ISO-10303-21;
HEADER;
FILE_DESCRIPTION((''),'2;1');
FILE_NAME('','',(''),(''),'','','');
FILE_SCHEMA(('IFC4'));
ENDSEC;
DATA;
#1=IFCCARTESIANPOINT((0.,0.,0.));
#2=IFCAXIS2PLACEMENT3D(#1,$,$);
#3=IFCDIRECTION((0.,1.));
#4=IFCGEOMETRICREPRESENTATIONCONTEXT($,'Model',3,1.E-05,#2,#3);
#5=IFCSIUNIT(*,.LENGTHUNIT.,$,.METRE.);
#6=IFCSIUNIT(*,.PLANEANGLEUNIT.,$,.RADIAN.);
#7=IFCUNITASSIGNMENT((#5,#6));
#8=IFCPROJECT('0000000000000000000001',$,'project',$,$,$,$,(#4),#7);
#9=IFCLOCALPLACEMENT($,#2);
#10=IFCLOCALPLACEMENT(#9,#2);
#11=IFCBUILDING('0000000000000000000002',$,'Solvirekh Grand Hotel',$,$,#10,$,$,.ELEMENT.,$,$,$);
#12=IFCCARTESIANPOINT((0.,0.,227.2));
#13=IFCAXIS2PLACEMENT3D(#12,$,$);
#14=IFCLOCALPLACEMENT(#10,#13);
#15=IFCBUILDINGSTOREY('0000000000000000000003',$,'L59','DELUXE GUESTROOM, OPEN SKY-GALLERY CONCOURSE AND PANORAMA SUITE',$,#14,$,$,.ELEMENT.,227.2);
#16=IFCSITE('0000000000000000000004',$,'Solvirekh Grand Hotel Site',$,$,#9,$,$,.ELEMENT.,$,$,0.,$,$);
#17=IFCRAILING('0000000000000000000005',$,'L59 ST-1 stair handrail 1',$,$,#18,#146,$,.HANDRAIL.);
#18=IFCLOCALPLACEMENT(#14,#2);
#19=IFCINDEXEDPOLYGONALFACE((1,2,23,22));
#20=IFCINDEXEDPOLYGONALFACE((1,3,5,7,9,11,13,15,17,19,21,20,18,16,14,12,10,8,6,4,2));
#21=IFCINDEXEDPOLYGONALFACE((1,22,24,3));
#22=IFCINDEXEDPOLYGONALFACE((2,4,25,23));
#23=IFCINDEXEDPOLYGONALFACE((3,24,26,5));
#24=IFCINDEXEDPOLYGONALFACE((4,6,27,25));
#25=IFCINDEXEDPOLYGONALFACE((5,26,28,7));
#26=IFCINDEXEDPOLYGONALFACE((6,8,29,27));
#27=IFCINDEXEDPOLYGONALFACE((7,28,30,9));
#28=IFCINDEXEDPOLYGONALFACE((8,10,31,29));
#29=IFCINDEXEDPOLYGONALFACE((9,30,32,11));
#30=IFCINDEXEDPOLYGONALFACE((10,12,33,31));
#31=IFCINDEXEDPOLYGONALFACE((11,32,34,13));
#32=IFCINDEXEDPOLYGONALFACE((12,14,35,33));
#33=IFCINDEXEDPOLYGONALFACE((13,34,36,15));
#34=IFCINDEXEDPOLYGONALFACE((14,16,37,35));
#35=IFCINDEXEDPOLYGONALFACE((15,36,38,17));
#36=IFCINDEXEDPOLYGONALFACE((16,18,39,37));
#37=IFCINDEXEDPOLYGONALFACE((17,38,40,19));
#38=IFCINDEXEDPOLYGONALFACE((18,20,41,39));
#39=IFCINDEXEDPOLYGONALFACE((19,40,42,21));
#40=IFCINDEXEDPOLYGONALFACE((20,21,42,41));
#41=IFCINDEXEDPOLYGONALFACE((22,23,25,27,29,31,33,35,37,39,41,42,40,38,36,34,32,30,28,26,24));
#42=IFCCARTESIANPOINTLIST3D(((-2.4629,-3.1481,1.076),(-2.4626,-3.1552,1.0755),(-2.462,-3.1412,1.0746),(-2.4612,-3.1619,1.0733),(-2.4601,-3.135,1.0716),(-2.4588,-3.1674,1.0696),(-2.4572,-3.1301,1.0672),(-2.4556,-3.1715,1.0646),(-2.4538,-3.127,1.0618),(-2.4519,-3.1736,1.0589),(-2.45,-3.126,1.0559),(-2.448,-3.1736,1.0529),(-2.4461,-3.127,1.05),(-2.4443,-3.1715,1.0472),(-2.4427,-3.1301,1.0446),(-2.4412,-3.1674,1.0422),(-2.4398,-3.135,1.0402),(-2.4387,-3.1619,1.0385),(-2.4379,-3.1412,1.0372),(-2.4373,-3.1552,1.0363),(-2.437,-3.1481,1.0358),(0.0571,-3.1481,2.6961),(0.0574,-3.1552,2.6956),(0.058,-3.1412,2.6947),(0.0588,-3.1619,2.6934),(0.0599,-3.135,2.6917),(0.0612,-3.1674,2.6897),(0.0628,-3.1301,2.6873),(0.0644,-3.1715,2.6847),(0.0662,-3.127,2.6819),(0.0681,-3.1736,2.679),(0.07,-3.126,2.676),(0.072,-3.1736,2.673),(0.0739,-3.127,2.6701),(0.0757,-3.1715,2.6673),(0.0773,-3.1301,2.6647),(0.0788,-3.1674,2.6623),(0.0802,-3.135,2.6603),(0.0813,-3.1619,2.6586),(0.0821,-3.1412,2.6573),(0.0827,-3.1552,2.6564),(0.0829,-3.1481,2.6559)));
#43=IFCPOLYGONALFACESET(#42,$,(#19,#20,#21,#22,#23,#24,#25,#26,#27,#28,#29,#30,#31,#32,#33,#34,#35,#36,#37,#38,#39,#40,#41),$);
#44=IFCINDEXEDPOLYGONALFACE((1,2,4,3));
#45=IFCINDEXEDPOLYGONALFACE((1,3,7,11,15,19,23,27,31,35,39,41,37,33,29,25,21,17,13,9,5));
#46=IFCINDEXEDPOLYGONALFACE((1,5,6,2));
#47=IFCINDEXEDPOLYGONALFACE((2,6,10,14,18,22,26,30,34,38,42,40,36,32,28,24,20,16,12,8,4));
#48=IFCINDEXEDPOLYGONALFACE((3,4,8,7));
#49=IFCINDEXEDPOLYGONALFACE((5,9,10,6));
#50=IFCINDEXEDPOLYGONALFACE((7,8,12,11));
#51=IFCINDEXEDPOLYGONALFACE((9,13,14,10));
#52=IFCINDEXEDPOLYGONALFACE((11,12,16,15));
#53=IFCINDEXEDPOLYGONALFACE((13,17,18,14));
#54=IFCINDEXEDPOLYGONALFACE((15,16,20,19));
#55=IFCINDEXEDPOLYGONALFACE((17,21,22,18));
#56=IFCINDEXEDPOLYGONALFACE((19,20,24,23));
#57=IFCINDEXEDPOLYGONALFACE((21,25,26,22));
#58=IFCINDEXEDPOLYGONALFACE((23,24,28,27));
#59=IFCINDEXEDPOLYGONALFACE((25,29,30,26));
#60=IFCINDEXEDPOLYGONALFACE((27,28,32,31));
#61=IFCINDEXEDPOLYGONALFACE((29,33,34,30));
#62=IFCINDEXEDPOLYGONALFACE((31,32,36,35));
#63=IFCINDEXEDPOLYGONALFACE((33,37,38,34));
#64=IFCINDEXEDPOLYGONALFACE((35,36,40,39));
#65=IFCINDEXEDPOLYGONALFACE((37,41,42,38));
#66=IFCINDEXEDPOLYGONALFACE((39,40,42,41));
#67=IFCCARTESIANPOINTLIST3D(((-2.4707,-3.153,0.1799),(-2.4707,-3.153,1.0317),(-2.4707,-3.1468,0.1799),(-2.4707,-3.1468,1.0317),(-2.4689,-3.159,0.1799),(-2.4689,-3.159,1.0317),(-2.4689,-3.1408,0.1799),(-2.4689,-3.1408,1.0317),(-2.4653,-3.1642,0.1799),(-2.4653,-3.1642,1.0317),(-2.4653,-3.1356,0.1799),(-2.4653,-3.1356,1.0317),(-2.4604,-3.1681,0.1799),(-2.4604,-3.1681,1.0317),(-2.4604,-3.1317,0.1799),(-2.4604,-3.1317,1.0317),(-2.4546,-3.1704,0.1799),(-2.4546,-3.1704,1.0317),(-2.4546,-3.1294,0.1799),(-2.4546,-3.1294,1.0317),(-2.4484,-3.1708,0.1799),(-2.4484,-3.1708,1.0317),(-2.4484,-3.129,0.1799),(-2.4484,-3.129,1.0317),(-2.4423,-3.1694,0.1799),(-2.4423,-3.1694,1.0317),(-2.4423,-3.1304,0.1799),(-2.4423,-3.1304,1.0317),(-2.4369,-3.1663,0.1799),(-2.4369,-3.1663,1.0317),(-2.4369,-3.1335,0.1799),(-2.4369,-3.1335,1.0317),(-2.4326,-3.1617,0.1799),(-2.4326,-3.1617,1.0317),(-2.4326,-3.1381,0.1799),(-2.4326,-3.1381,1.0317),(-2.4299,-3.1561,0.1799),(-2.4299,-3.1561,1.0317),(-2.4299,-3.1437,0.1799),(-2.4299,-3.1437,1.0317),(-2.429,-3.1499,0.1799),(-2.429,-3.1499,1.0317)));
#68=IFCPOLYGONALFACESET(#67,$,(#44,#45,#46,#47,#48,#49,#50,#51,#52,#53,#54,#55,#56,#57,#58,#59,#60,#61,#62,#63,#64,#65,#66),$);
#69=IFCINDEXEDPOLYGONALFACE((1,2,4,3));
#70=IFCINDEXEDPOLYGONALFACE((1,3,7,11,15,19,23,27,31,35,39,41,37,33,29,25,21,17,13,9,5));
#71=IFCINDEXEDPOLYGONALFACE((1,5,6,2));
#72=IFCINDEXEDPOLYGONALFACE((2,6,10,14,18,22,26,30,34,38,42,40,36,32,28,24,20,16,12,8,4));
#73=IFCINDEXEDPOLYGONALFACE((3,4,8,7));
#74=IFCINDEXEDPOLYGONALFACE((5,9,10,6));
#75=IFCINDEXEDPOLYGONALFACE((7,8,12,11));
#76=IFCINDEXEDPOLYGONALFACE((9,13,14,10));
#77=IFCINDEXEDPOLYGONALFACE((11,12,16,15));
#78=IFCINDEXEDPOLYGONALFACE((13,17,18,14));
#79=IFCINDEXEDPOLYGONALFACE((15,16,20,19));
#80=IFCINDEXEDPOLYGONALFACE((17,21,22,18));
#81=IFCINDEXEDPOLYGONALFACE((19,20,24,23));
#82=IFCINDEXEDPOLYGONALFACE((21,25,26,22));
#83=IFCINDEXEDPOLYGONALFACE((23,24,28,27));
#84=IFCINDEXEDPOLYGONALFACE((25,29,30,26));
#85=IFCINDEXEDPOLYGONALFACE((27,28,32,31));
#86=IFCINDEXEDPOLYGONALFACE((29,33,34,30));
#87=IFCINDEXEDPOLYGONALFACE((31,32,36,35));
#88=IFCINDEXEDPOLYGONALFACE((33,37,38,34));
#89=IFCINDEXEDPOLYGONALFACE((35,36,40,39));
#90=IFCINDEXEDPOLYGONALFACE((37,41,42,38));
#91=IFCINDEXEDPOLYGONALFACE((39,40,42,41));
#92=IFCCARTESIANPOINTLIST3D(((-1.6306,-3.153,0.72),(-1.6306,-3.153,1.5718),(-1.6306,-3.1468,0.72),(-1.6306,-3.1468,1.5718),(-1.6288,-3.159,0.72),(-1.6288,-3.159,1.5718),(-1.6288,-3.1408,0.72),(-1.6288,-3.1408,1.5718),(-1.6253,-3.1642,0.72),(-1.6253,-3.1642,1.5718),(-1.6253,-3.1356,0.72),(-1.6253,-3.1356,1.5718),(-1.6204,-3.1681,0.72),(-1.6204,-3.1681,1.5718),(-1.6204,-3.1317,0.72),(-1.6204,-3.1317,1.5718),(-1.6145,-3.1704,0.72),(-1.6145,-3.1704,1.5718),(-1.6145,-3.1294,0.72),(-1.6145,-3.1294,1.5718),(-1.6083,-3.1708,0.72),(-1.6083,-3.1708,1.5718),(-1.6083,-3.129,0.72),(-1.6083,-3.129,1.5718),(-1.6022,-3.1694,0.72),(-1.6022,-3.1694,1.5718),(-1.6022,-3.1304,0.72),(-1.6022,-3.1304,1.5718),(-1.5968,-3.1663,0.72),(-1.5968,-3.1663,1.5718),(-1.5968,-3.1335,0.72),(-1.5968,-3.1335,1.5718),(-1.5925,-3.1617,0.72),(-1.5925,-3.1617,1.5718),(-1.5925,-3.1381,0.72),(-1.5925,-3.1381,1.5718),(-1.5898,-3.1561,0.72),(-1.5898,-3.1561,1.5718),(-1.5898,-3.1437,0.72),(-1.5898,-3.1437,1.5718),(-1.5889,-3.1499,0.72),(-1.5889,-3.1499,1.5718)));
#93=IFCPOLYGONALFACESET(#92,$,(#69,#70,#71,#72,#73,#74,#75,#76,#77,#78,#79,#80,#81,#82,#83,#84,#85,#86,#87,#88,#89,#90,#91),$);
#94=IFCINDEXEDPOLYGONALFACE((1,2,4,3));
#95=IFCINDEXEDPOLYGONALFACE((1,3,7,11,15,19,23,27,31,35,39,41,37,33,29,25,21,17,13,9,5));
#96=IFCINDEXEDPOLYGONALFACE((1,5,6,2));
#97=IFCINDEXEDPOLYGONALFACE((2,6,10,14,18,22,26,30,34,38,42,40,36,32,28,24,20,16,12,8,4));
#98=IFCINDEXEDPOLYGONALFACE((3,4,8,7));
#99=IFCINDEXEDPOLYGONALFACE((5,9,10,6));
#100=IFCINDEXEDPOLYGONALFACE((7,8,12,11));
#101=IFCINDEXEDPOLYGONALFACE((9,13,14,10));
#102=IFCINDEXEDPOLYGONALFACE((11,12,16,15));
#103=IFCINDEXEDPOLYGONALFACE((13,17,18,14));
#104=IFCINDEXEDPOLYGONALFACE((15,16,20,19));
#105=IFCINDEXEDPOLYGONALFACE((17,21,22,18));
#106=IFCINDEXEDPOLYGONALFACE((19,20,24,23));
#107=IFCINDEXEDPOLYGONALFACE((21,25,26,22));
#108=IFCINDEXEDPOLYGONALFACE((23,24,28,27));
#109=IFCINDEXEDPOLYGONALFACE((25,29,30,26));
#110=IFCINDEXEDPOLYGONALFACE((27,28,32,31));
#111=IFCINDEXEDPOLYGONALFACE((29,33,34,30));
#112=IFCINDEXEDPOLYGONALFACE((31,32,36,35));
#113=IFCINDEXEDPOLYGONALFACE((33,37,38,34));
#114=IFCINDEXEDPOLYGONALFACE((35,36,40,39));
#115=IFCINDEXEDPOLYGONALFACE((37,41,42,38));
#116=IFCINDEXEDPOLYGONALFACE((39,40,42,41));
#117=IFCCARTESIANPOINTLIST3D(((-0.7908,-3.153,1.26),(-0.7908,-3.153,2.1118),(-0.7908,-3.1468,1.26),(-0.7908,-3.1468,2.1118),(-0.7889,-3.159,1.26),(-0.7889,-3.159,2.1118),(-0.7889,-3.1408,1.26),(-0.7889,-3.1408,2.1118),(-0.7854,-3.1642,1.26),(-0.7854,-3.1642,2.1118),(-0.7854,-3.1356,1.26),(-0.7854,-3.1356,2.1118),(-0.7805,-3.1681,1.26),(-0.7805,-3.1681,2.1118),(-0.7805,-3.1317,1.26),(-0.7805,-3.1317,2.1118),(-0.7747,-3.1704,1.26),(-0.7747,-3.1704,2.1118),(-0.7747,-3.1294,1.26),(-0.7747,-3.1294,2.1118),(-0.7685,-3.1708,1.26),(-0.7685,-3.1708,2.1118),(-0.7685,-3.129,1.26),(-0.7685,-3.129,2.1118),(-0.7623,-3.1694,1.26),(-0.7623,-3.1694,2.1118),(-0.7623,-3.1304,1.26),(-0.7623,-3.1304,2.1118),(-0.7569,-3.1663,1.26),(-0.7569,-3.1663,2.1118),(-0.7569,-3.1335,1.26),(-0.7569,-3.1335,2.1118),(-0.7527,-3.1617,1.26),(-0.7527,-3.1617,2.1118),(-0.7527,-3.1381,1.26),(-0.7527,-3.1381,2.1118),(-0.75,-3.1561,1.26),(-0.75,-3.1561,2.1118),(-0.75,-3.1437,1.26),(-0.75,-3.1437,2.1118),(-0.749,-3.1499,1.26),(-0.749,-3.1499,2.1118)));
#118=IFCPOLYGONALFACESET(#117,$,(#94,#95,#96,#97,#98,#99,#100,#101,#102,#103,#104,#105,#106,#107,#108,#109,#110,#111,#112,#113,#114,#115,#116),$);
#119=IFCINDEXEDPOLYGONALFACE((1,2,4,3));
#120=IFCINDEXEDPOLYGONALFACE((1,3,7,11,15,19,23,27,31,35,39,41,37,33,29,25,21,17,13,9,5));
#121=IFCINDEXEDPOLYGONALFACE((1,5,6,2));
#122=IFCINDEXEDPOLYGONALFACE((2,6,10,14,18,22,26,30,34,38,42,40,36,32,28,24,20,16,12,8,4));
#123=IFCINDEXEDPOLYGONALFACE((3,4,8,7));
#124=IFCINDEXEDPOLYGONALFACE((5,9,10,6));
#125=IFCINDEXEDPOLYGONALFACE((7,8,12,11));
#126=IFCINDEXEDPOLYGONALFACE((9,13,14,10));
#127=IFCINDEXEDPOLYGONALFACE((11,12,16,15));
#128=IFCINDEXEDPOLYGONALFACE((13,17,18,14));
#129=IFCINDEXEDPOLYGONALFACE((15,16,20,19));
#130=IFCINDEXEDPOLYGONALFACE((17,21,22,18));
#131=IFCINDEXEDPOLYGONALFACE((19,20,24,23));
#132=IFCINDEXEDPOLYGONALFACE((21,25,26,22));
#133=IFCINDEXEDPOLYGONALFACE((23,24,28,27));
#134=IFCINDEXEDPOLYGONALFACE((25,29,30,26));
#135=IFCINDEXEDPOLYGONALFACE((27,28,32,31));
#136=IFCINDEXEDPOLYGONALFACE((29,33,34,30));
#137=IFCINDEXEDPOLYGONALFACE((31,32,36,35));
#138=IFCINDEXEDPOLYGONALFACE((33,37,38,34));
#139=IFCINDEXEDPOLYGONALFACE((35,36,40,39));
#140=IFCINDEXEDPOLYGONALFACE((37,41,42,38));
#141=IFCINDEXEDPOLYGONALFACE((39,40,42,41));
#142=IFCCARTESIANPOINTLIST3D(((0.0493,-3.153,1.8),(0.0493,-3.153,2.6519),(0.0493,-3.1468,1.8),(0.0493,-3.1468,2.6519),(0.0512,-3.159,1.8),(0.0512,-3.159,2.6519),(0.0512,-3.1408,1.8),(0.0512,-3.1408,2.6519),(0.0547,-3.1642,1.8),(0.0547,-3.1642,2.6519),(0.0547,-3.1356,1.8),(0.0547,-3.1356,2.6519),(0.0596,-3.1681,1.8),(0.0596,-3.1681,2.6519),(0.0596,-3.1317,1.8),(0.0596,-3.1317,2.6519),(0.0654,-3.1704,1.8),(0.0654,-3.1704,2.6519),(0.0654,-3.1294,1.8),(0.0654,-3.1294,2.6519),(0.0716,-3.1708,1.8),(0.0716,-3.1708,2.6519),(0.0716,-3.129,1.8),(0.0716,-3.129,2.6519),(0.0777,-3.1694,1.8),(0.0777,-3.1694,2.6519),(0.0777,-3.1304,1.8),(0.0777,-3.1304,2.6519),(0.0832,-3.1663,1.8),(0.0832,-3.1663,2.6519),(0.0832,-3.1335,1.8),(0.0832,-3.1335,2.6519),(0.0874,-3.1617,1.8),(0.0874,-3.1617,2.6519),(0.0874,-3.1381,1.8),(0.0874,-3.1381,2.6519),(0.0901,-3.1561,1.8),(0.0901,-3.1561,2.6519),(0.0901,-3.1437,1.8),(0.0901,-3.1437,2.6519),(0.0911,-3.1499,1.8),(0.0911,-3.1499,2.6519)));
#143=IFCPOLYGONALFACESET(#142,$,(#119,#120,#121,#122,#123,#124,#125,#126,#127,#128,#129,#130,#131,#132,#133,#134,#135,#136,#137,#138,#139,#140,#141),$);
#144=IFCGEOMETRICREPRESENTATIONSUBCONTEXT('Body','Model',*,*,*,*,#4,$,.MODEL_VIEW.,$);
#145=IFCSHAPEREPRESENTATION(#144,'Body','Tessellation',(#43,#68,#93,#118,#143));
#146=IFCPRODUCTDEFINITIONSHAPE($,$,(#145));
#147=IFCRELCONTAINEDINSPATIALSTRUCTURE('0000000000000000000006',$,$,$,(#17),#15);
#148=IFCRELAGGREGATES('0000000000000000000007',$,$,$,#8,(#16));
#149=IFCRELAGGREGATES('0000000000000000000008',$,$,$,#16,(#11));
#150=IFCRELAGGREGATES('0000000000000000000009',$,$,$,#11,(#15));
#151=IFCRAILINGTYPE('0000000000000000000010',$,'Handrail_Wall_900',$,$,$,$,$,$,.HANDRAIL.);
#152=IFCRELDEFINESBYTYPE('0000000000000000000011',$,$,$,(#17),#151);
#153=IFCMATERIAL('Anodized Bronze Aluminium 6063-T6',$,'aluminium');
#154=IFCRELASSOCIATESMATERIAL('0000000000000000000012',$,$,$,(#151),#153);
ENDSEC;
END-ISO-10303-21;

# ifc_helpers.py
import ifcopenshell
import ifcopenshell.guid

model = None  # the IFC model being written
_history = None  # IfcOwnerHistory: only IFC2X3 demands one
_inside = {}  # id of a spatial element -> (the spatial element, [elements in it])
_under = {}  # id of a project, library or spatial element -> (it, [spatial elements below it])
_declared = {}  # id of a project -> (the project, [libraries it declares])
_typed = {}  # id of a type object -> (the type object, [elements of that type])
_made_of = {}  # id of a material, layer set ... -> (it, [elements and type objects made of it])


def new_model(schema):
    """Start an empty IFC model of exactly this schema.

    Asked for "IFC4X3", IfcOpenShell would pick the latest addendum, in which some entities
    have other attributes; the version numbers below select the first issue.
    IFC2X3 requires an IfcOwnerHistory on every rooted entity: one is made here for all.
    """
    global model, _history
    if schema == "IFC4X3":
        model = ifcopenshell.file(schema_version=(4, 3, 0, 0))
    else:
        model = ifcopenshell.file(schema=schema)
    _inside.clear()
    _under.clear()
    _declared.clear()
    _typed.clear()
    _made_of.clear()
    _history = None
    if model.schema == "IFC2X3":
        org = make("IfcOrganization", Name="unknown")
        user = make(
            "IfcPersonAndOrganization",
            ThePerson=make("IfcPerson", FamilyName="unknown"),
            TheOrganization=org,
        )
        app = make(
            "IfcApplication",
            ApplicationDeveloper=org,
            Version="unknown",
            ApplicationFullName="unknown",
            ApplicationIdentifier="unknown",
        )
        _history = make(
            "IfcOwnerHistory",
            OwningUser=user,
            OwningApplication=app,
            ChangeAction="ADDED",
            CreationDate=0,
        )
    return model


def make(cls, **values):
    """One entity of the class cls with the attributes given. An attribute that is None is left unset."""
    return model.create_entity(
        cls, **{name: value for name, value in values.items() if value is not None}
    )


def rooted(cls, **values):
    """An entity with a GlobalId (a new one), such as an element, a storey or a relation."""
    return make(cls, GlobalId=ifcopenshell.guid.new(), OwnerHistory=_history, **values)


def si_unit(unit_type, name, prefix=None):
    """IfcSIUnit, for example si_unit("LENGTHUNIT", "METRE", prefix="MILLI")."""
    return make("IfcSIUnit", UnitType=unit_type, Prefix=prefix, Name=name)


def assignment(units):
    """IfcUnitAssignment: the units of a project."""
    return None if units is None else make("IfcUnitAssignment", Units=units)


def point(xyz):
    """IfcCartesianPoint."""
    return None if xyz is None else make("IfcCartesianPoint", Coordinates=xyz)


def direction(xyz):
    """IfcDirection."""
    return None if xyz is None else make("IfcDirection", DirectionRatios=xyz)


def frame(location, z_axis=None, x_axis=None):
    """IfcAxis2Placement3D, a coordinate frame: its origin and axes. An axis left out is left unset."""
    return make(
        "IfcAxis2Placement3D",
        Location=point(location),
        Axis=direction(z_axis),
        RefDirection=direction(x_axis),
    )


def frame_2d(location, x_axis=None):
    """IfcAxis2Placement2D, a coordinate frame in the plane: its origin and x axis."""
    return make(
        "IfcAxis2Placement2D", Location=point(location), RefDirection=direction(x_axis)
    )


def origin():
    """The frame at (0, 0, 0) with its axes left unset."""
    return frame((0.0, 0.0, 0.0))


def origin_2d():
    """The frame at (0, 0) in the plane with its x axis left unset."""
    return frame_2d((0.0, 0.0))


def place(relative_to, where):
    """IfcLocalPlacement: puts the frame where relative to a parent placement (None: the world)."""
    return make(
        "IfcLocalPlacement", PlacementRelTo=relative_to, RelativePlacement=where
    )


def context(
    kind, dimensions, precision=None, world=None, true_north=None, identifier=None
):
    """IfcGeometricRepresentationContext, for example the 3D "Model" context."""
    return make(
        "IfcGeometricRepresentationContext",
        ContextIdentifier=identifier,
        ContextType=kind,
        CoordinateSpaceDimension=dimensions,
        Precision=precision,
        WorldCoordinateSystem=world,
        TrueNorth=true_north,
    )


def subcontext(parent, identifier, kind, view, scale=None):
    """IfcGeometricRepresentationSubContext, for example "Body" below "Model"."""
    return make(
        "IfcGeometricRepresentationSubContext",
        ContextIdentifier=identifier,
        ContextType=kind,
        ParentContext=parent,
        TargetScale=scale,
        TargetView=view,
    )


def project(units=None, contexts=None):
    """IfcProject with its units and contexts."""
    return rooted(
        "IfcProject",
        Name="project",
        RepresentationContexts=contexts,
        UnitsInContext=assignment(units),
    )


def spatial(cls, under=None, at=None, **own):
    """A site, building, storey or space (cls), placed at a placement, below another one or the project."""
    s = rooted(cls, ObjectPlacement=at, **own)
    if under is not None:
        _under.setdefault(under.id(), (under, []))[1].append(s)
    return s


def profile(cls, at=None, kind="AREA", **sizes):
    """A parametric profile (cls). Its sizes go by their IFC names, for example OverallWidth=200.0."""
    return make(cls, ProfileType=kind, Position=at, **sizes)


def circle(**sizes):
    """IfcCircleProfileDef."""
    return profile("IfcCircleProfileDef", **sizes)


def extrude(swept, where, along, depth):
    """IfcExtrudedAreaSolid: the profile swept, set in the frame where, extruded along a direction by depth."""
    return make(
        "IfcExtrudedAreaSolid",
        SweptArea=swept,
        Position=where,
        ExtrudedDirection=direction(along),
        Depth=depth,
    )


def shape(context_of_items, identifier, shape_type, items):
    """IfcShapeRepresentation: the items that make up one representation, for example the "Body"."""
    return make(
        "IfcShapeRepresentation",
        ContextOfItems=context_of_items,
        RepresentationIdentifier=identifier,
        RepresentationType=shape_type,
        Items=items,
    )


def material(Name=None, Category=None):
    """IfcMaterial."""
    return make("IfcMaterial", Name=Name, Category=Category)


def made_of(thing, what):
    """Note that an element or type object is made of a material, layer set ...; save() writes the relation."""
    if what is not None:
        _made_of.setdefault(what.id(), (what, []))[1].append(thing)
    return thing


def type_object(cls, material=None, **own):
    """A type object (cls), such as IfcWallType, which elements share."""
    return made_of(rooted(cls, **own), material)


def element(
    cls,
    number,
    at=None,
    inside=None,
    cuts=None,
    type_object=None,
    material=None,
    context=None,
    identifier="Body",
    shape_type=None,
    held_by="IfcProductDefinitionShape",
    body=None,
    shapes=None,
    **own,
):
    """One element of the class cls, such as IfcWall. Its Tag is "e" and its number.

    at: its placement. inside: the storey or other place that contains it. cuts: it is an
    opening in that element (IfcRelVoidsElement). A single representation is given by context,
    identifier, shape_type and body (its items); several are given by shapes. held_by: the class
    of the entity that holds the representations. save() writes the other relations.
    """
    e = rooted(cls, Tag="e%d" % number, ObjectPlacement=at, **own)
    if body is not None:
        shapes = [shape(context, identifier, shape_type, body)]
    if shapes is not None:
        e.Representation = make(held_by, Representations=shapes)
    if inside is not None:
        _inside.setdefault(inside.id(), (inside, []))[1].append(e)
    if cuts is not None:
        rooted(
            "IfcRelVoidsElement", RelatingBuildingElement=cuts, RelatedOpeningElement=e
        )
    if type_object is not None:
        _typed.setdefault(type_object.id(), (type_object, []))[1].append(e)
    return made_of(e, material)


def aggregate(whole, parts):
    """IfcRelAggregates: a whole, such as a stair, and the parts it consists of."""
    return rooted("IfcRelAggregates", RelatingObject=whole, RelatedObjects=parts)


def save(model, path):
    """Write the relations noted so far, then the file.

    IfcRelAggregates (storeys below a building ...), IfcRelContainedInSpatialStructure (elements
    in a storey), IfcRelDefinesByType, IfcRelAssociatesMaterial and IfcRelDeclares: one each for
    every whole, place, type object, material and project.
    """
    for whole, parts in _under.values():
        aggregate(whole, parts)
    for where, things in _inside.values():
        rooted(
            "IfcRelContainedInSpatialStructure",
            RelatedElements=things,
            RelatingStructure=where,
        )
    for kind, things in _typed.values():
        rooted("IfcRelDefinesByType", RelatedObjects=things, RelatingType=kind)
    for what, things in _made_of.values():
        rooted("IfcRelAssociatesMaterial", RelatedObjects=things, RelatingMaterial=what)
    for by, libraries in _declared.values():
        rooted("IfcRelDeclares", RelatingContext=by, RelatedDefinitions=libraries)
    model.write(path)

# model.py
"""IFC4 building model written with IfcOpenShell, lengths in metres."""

from ifc_helpers import new_model, si_unit, direction, frame, origin, origin_2d, place, context, subcontext, project, spatial, circle, extrude, material, type_object, element, save


model = new_model("IFC4")

# Units and contexts
model_context = context("Model", 3, precision=1e-05, world=origin(), true_north=direction((0.0, 1.0)))
body_context = subcontext(model_context, "Body", "Model", "MODEL_VIEW")
ifc_project = project(units=[si_unit("LENGTHUNIT", "METRE"), si_unit("PLANEANGLEUNIT", "RADIAN")], contexts=[model_context])

# Site, building, storey
site_placement = place(None, origin())
site = spatial("IfcSite", under=ifc_project, at=site_placement, Name="Solvirekh Grand Hotel Site", CompositionType="ELEMENT", RefElevation=0.0)
building_placement = place(site_placement, origin())
building = spatial("IfcBuilding", under=site, at=building_placement, Name="Solvirekh Grand Hotel", CompositionType="ELEMENT")
storey_placement = place(building_placement, frame((0.0, 0.0, 227.2)))
storey = spatial("IfcBuildingStorey", under=building, at=storey_placement, Name="L59", Description="DELUXE GUESTROOM, OPEN SKY-GALLERY CONCOURSE AND PANORAMA SUITE", CompositionType="ELEMENT", Elevation=227.2)

# Shared definitions
ifc_material_1 = material(Name="Anodized Bronze Aluminium 6063-T6", Category="aluminium")

# Railing
railing_type_1 = type_object("IfcRailingType", Name="Handrail_Wall_900", PredefinedType="HANDRAIL", material=ifc_material_1)
railing_1_placement = place(storey_placement, frame((-2.45, -3.1499, 0.1799)))
element("IfcRailing", 1, at=railing_1_placement, inside=storey, type_object=railing_type_1, Name="L59 ST-1 stair handrail 1", PredefinedType="HANDRAIL", context=body_context, shape_type="SweptSolid", body=[
    extrude(circle(Radius=0.0239, at=origin_2d()), frame((0.0, 0.0, 0.876), z_axis=(0.841163, 0.0, 0.540782), x_axis=(0.0, 1.0, 0.0)), (0.0, 0.0, 1.0), 2.9958),
    extrude(circle(Radius=0.021, at=origin_2d()), origin(), (0.0, 0.0, 1.0), 0.8518),
    extrude(circle(Radius=0.021, at=origin_2d()), frame((0.8401, 0.0, 0.54)), (0.0, 0.0, 1.0), 0.8518),
    extrude(circle(Radius=0.021, at=origin_2d()), frame((1.6799, 0.0, 1.0801)), (0.0, 0.0, 1.0), 0.8518),
    extrude(circle(Radius=0.021, at=origin_2d()), frame((2.52, 0.0, 1.6201)), (0.0, 0.0, 1.0), 0.8518),
])

save(model, "model.ifc")
